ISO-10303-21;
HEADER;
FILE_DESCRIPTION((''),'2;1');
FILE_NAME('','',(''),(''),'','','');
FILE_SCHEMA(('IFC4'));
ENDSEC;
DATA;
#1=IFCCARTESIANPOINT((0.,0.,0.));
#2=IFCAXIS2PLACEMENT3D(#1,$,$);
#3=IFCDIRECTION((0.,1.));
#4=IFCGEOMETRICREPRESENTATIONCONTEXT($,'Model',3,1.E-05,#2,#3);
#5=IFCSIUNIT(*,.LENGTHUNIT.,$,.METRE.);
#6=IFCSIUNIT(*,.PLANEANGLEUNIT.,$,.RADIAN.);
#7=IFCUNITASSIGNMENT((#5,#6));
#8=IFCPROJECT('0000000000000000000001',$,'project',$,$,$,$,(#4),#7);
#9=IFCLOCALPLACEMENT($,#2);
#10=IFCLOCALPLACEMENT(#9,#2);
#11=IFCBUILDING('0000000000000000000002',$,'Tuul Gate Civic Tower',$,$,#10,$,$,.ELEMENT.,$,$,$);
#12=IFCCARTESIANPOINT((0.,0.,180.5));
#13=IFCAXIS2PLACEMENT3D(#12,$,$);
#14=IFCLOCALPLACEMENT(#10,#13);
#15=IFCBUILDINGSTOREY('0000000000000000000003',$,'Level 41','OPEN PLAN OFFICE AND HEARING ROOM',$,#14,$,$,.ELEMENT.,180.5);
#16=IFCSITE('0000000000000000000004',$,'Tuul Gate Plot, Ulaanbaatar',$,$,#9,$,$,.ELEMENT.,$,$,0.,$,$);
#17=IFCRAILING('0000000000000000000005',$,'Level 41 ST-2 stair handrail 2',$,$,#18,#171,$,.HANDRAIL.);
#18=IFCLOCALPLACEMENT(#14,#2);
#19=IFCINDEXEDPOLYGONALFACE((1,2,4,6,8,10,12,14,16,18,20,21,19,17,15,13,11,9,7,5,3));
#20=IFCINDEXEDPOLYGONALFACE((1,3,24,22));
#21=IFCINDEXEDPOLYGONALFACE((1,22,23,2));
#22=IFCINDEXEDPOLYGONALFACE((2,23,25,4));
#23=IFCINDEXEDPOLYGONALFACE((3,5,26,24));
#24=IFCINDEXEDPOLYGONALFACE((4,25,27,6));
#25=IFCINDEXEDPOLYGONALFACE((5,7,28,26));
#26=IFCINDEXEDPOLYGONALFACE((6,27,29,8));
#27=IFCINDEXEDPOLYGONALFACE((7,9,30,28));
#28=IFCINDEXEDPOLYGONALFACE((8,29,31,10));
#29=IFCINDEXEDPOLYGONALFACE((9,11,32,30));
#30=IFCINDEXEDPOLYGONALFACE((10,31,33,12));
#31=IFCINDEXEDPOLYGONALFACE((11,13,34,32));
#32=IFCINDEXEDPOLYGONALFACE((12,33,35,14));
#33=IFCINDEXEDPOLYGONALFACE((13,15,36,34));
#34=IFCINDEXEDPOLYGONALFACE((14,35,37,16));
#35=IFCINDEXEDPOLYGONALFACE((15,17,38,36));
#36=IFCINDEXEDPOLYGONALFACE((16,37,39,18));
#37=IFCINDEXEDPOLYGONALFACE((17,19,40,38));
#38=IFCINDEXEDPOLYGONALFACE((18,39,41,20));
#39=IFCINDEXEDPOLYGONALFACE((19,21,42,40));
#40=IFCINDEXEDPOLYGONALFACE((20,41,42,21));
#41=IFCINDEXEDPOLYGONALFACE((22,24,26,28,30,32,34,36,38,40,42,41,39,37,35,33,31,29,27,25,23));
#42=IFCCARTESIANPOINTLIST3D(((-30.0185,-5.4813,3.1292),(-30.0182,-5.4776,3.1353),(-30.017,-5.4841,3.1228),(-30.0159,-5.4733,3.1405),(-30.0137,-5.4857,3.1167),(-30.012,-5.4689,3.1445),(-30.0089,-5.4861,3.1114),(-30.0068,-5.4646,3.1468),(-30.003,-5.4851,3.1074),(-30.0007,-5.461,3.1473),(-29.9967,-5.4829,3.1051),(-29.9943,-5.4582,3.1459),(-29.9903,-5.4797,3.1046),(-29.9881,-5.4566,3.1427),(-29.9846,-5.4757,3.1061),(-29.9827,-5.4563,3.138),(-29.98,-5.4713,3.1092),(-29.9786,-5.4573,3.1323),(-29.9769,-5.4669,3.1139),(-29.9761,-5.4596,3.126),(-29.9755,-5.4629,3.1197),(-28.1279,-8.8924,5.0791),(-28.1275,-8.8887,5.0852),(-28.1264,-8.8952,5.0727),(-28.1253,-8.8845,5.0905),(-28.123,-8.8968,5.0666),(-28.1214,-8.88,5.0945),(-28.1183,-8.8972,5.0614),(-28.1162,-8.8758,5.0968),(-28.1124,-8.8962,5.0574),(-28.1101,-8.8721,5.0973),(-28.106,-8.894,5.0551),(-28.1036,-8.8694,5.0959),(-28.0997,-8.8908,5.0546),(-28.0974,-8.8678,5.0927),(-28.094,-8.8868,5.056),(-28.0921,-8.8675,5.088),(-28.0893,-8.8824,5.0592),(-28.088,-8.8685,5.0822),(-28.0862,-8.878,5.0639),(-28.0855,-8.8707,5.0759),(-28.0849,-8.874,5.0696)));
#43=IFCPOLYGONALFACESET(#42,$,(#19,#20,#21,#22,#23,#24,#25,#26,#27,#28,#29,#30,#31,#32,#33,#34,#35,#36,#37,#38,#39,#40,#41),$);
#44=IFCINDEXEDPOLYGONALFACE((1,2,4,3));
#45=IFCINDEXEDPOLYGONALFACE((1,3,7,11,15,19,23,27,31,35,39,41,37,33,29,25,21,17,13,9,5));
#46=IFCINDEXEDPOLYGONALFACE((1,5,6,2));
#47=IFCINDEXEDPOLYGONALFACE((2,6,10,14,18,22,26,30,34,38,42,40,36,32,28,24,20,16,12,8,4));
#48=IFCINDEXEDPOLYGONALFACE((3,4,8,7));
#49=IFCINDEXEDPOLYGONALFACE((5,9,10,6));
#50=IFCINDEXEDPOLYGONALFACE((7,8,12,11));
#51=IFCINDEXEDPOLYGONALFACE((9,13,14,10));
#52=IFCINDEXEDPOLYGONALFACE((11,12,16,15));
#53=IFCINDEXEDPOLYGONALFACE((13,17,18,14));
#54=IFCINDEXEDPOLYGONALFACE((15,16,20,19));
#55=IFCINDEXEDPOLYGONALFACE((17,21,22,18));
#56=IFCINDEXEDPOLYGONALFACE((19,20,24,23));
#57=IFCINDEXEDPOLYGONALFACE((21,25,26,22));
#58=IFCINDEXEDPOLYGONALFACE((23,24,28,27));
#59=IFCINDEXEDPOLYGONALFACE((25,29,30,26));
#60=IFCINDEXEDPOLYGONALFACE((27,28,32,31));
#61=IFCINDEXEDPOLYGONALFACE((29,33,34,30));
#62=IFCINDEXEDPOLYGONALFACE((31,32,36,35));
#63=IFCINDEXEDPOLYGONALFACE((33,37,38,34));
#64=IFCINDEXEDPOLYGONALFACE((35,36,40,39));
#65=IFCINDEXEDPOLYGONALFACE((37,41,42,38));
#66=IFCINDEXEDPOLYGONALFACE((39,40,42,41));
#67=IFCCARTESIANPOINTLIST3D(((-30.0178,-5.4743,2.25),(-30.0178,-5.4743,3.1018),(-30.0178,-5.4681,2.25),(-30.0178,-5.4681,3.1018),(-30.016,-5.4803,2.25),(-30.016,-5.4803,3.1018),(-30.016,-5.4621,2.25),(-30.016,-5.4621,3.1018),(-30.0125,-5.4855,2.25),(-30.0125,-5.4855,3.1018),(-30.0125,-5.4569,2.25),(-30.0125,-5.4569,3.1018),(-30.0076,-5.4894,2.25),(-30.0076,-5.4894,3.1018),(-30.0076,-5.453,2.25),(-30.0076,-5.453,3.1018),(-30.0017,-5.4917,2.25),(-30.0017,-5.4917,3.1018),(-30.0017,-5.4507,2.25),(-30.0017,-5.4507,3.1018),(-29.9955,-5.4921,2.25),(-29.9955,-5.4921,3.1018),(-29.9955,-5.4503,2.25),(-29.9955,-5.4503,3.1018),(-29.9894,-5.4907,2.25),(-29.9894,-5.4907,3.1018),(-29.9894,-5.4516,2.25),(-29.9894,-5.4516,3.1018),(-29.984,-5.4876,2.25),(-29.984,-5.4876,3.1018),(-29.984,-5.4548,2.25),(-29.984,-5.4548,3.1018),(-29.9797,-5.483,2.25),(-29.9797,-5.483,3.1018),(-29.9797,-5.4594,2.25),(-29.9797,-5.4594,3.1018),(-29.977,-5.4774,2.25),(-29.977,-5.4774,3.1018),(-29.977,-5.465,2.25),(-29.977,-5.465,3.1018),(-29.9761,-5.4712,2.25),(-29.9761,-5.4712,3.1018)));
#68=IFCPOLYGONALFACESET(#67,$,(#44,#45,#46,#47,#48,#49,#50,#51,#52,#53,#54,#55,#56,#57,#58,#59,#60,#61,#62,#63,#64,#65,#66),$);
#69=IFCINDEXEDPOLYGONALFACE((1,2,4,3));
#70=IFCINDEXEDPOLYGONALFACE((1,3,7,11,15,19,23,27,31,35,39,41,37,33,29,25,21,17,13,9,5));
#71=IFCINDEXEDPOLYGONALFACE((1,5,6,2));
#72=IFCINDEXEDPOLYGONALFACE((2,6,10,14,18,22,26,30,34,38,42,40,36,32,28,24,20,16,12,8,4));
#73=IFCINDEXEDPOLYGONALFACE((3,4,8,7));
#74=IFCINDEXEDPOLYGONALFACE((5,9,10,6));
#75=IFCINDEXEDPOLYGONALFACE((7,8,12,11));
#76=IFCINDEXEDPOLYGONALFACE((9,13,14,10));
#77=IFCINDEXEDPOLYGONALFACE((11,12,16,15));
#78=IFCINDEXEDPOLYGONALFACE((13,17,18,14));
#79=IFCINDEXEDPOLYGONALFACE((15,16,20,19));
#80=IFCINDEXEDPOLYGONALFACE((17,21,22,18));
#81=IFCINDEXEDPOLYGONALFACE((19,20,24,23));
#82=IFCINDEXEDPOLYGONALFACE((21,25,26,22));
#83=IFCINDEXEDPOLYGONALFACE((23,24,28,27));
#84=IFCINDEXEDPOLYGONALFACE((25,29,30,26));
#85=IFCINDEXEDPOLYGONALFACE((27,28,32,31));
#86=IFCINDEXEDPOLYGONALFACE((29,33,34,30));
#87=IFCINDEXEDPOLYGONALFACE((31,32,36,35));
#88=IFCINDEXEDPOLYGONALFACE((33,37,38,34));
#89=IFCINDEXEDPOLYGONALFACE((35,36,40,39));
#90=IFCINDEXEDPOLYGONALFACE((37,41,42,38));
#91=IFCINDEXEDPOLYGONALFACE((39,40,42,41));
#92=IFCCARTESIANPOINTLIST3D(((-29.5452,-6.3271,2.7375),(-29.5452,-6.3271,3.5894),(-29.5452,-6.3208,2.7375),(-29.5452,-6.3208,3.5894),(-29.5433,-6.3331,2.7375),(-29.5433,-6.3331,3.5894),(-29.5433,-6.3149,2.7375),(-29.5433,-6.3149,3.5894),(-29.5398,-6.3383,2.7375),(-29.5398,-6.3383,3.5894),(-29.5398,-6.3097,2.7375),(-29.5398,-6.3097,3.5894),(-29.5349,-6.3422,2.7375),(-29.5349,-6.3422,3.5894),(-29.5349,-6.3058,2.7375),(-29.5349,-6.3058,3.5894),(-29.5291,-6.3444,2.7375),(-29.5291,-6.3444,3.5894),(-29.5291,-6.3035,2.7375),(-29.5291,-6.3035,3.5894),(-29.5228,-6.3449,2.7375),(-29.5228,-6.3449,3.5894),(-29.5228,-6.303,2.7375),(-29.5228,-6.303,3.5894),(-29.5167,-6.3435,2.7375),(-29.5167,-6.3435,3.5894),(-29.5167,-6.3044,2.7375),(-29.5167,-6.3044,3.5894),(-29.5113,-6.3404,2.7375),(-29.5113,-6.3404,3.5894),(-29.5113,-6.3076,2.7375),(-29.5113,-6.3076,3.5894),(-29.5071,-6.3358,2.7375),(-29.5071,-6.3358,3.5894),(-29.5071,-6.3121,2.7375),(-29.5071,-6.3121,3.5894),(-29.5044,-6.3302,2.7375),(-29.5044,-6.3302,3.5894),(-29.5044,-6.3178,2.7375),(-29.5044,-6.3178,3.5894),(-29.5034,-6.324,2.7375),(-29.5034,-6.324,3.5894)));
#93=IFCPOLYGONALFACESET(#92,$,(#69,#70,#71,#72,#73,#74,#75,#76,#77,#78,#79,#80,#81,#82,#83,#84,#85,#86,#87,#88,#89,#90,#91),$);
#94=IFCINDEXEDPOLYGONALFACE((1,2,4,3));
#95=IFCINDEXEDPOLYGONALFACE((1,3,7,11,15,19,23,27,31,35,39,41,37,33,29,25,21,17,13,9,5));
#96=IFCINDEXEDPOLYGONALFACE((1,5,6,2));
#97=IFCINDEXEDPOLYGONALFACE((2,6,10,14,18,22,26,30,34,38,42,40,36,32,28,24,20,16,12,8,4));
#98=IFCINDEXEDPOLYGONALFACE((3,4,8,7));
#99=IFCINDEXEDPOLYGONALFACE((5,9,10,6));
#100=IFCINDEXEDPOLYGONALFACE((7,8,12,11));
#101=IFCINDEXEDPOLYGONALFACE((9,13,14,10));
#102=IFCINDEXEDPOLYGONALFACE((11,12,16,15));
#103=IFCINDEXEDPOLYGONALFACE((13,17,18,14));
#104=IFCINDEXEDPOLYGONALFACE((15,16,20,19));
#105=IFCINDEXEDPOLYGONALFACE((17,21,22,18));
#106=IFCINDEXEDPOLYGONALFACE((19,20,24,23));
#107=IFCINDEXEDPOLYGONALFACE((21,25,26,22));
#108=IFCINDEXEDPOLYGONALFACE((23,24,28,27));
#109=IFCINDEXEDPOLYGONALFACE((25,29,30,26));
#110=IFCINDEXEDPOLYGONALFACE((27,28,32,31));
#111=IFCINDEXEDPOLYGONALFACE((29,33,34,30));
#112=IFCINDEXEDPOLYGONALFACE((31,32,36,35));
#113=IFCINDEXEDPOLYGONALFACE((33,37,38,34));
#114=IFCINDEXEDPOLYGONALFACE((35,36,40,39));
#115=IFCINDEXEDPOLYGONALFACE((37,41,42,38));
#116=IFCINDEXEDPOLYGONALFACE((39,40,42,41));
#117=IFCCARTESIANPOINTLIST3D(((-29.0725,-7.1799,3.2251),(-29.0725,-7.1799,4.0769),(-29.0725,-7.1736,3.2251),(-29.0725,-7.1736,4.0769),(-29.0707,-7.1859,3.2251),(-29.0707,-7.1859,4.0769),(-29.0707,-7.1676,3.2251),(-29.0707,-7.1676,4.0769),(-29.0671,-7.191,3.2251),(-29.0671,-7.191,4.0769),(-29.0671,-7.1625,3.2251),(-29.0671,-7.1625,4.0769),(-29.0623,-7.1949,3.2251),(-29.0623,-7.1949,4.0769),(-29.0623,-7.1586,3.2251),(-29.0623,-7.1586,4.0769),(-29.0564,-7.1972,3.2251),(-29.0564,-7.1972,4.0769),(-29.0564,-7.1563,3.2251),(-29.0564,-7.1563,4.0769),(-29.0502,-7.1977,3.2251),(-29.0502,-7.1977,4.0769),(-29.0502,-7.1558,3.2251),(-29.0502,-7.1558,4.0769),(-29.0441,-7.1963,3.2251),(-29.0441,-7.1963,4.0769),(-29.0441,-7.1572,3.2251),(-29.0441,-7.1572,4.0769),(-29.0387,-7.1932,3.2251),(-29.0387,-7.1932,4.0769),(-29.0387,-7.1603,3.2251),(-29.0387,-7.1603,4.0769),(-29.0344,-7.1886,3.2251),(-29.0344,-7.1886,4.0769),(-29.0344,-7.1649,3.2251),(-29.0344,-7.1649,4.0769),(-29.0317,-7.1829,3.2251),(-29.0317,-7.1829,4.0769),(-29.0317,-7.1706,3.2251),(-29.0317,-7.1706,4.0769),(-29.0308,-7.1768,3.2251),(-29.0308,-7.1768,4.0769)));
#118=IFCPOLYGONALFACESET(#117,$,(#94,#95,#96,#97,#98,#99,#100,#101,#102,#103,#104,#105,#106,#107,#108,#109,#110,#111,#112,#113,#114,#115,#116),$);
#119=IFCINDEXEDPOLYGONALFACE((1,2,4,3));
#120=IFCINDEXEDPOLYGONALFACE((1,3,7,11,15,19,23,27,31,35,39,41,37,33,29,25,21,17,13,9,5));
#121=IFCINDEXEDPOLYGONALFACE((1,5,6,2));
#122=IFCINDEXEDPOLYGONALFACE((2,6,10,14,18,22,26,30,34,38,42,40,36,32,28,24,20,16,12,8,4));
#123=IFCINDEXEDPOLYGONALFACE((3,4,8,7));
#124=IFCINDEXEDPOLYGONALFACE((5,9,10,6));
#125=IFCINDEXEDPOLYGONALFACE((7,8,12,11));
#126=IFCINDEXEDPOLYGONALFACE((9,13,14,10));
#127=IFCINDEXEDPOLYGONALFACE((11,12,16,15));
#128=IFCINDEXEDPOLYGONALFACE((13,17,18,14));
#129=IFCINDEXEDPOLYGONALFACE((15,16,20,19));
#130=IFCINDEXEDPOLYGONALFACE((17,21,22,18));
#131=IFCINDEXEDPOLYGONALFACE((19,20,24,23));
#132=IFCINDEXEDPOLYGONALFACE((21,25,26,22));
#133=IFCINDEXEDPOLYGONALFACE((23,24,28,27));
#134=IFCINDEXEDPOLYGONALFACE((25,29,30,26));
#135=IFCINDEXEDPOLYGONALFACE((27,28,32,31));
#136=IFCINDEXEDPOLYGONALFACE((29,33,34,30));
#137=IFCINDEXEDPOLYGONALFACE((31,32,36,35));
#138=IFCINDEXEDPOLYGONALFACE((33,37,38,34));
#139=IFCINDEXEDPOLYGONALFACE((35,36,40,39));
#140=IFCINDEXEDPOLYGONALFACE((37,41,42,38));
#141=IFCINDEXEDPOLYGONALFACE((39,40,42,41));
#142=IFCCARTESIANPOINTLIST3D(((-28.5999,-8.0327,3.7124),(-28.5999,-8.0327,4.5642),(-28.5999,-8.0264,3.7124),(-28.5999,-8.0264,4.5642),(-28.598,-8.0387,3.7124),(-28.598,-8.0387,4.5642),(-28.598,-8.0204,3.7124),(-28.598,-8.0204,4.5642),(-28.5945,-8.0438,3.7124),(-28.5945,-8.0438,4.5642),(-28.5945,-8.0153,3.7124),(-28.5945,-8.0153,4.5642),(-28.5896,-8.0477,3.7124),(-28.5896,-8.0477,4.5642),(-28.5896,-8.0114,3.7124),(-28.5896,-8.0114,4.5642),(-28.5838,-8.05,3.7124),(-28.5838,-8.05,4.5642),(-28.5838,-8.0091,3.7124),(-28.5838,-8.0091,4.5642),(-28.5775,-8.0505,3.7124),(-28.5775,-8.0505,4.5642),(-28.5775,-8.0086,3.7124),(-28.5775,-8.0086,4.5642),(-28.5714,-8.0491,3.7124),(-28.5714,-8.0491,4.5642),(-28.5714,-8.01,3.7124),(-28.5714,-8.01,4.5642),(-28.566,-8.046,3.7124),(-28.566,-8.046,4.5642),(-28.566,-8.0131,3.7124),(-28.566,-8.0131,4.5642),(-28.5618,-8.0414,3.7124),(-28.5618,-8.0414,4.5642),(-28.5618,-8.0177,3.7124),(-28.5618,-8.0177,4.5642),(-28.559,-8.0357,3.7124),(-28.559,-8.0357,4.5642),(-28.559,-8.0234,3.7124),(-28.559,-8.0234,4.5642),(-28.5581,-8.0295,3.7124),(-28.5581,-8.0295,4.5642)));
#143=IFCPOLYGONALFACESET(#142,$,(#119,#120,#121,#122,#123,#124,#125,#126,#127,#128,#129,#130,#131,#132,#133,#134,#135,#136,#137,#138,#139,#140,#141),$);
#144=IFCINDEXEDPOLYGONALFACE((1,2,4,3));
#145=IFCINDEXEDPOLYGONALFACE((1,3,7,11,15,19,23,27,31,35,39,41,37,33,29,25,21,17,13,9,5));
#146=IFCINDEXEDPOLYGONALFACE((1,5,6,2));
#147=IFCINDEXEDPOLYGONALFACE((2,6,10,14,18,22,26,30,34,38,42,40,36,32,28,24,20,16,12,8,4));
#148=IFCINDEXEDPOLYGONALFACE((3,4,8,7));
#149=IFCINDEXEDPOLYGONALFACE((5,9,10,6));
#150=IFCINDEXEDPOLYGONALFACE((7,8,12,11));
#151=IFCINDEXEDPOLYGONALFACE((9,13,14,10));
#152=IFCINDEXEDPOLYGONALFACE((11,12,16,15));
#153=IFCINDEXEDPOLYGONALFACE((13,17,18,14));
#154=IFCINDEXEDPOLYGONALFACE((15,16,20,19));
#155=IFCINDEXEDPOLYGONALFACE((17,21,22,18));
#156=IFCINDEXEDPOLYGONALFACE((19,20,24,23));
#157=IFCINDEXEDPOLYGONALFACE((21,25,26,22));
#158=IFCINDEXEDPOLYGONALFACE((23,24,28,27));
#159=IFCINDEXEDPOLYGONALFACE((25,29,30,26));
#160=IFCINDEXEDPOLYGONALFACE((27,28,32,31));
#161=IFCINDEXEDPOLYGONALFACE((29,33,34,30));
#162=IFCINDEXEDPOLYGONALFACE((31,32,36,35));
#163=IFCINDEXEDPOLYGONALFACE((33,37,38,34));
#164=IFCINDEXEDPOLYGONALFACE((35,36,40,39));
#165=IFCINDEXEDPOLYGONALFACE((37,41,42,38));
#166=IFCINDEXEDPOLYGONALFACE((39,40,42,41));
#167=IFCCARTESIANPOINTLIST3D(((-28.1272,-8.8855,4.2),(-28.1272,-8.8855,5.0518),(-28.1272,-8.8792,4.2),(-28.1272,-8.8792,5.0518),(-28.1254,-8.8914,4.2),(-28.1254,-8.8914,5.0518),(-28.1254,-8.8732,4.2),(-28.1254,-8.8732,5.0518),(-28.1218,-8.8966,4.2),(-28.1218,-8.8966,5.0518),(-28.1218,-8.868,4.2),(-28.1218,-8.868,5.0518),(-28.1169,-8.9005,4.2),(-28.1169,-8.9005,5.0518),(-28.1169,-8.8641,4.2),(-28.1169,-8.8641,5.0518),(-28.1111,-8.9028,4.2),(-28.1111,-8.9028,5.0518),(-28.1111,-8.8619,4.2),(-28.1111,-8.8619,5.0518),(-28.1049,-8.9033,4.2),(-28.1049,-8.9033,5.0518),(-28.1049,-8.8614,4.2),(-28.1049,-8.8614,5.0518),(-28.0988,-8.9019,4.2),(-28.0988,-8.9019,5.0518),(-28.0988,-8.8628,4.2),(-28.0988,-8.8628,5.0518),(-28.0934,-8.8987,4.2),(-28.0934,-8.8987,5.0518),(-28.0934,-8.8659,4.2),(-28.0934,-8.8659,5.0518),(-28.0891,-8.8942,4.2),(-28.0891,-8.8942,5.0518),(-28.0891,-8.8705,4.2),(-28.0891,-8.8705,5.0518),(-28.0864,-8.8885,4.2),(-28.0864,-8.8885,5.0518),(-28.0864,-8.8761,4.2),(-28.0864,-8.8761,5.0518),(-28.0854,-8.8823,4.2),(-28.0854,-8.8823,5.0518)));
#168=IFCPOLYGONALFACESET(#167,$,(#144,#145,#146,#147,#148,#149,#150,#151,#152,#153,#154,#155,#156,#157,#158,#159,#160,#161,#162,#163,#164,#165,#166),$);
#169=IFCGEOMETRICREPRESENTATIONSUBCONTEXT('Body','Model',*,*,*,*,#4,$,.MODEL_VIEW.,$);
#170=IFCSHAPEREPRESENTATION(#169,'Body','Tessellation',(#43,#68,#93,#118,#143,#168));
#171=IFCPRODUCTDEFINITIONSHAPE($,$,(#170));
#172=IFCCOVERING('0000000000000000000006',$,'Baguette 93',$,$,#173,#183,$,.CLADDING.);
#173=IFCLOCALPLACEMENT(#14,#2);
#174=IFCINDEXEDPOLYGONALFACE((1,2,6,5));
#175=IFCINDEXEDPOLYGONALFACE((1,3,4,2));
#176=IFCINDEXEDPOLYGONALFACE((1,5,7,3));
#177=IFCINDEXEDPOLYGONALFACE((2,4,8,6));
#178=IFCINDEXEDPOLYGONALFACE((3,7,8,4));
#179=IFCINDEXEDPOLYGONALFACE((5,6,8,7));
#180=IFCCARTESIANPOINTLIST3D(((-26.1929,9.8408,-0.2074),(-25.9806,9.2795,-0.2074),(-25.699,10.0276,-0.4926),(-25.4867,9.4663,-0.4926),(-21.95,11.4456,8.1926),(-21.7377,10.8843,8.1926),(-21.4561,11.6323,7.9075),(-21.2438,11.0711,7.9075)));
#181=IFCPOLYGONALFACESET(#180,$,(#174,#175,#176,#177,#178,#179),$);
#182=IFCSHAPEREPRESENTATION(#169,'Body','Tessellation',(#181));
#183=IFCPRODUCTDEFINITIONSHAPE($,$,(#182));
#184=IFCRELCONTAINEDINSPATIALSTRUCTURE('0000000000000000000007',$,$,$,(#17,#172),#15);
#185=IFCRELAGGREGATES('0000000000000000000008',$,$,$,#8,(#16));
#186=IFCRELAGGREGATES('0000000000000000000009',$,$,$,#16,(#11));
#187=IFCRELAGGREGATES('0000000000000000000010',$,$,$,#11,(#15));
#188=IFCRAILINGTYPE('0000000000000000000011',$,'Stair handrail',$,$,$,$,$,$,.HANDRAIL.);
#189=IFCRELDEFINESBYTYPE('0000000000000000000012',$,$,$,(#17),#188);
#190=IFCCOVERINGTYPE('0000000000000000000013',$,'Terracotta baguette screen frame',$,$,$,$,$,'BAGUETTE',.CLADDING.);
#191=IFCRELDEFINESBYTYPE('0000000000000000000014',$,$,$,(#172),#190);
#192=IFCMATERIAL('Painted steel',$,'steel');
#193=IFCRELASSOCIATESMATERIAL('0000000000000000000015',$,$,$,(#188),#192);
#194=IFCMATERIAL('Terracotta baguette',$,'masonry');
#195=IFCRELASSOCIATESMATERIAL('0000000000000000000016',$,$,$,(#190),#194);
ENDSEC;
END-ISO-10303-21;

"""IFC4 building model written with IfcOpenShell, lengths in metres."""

from ifc_helpers import new_model, si_unit, direction, frame, origin, origin_2d, place, context, subcontext, project, spatial, rectangle, circle, extrude, material, material_profile, profile_set, type_object, element, save


model = new_model("IFC4")

# Units and contexts
model_context = context("Model", 3, precision=1e-05, world=origin(), true_north=direction((0.0, 1.0)))
body_context = subcontext(model_context, "Body", "Model", "MODEL_VIEW")
ifc_project = project(units=[si_unit("LENGTHUNIT", "METRE"), si_unit("PLANEANGLEUNIT", "RADIAN")], contexts=[model_context])

# Site, building, storey
site_placement = place(None, origin())
site = spatial("IfcSite", under=ifc_project, at=site_placement, Name="Tuul Gate Plot, Ulaanbaatar", CompositionType="ELEMENT", RefElevation=0.0)
building_placement = place(site_placement, origin())
building = spatial("IfcBuilding", under=site, at=building_placement, Name="Tuul Gate Civic Tower", CompositionType="ELEMENT")
storey_placement = place(building_placement, frame((0.0, 0.0, 180.5)))
storey = spatial("IfcBuildingStorey", under=building, at=storey_placement, Name="Level 41", Description="OPEN PLAN OFFICE AND HEARING ROOM", CompositionType="ELEMENT", Elevation=180.5)

# Railing
ifc_material_1 = material(Name="Painted steel", Category="steel")
railing_type = type_object("IfcRailingType", Name="Stair handrail", PredefinedType="HANDRAIL", material=ifc_material_1)
railing_placement = place(storey_placement, frame((-29.9971, -5.4712, 2.25)))
element("IfcRailing", 1, at=railing_placement, inside=storey, type_object=railing_type, Name="Level 41 ST-2 stair handrail 2", PredefinedType="HANDRAIL", context=body_context, shape_type="SweptSolid", body=[
    extrude(circle(Radius=0.0239, at=origin_2d()), frame((0.0, 0.0, 0.876), z_axis=(0.433595, -0.782308, 0.447201), x_axis=(0.874641, 0.484771, 0.0)), (0.0, 0.0, 1.0), 4.3604),
    extrude(circle(Radius=0.021, at=origin_2d()), origin(), (0.0, 0.0, 1.0), 0.8518),
    extrude(circle(Radius=0.021, at=origin_2d()), frame((0.4727, -0.8528, 0.4875)), (0.0, 0.0, 1.0), 0.8518),
    extrude(circle(Radius=0.021, at=origin_2d()), frame((0.9453, -1.7056, 0.9751)), (0.0, 0.0, 1.0), 0.8518),
    extrude(circle(Radius=0.021, at=origin_2d()), frame((1.418, -2.5583, 1.4624)), (0.0, 0.0, 1.0), 0.8518),
    extrude(circle(Radius=0.021, at=origin_2d()), frame((1.8906, -3.4111, 1.95)), (0.0, 0.0, 1.0), 0.8518),
])

# Covering
ifc_material_2 = material(Name="Terracotta baguette", Category="masonry")
ifc_material_profile_1 = material_profile(ifc_material_2, rectangle(XDim=0.6001, YDim=0.6001, at=origin_2d()), Name="Terracotta baguette screen frame")
ifc_profile_set_1 = profile_set([ifc_material_profile_1], Name="Terracotta baguette")
covering_type = type_object("IfcCoveringType", Name="Terracotta baguette screen frame", ElementType="BAGUETTE", PredefinedType="CLADDING", material=ifc_profile_set_1)
covering_placement = place(storey_placement, frame((-21.5969, 11.2583, 8.05), z_axis=(-0.444437, -0.168093, -0.879898), x_axis=(0.353758, -0.935337, 0.0)))
element("IfcCovering", 2, at=covering_placement, inside=storey, type_object=covering_type, Name="Baguette 93", PredefinedType="CLADDING", context=body_context, shape_type="SweptSolid", body=[
    extrude(rectangle(XDim=0.6001, YDim=0.6001, at=origin_2d()), origin(), (0.0, 0.0, 1.0), 9.5466),
])

save(model, "model.ifc")
